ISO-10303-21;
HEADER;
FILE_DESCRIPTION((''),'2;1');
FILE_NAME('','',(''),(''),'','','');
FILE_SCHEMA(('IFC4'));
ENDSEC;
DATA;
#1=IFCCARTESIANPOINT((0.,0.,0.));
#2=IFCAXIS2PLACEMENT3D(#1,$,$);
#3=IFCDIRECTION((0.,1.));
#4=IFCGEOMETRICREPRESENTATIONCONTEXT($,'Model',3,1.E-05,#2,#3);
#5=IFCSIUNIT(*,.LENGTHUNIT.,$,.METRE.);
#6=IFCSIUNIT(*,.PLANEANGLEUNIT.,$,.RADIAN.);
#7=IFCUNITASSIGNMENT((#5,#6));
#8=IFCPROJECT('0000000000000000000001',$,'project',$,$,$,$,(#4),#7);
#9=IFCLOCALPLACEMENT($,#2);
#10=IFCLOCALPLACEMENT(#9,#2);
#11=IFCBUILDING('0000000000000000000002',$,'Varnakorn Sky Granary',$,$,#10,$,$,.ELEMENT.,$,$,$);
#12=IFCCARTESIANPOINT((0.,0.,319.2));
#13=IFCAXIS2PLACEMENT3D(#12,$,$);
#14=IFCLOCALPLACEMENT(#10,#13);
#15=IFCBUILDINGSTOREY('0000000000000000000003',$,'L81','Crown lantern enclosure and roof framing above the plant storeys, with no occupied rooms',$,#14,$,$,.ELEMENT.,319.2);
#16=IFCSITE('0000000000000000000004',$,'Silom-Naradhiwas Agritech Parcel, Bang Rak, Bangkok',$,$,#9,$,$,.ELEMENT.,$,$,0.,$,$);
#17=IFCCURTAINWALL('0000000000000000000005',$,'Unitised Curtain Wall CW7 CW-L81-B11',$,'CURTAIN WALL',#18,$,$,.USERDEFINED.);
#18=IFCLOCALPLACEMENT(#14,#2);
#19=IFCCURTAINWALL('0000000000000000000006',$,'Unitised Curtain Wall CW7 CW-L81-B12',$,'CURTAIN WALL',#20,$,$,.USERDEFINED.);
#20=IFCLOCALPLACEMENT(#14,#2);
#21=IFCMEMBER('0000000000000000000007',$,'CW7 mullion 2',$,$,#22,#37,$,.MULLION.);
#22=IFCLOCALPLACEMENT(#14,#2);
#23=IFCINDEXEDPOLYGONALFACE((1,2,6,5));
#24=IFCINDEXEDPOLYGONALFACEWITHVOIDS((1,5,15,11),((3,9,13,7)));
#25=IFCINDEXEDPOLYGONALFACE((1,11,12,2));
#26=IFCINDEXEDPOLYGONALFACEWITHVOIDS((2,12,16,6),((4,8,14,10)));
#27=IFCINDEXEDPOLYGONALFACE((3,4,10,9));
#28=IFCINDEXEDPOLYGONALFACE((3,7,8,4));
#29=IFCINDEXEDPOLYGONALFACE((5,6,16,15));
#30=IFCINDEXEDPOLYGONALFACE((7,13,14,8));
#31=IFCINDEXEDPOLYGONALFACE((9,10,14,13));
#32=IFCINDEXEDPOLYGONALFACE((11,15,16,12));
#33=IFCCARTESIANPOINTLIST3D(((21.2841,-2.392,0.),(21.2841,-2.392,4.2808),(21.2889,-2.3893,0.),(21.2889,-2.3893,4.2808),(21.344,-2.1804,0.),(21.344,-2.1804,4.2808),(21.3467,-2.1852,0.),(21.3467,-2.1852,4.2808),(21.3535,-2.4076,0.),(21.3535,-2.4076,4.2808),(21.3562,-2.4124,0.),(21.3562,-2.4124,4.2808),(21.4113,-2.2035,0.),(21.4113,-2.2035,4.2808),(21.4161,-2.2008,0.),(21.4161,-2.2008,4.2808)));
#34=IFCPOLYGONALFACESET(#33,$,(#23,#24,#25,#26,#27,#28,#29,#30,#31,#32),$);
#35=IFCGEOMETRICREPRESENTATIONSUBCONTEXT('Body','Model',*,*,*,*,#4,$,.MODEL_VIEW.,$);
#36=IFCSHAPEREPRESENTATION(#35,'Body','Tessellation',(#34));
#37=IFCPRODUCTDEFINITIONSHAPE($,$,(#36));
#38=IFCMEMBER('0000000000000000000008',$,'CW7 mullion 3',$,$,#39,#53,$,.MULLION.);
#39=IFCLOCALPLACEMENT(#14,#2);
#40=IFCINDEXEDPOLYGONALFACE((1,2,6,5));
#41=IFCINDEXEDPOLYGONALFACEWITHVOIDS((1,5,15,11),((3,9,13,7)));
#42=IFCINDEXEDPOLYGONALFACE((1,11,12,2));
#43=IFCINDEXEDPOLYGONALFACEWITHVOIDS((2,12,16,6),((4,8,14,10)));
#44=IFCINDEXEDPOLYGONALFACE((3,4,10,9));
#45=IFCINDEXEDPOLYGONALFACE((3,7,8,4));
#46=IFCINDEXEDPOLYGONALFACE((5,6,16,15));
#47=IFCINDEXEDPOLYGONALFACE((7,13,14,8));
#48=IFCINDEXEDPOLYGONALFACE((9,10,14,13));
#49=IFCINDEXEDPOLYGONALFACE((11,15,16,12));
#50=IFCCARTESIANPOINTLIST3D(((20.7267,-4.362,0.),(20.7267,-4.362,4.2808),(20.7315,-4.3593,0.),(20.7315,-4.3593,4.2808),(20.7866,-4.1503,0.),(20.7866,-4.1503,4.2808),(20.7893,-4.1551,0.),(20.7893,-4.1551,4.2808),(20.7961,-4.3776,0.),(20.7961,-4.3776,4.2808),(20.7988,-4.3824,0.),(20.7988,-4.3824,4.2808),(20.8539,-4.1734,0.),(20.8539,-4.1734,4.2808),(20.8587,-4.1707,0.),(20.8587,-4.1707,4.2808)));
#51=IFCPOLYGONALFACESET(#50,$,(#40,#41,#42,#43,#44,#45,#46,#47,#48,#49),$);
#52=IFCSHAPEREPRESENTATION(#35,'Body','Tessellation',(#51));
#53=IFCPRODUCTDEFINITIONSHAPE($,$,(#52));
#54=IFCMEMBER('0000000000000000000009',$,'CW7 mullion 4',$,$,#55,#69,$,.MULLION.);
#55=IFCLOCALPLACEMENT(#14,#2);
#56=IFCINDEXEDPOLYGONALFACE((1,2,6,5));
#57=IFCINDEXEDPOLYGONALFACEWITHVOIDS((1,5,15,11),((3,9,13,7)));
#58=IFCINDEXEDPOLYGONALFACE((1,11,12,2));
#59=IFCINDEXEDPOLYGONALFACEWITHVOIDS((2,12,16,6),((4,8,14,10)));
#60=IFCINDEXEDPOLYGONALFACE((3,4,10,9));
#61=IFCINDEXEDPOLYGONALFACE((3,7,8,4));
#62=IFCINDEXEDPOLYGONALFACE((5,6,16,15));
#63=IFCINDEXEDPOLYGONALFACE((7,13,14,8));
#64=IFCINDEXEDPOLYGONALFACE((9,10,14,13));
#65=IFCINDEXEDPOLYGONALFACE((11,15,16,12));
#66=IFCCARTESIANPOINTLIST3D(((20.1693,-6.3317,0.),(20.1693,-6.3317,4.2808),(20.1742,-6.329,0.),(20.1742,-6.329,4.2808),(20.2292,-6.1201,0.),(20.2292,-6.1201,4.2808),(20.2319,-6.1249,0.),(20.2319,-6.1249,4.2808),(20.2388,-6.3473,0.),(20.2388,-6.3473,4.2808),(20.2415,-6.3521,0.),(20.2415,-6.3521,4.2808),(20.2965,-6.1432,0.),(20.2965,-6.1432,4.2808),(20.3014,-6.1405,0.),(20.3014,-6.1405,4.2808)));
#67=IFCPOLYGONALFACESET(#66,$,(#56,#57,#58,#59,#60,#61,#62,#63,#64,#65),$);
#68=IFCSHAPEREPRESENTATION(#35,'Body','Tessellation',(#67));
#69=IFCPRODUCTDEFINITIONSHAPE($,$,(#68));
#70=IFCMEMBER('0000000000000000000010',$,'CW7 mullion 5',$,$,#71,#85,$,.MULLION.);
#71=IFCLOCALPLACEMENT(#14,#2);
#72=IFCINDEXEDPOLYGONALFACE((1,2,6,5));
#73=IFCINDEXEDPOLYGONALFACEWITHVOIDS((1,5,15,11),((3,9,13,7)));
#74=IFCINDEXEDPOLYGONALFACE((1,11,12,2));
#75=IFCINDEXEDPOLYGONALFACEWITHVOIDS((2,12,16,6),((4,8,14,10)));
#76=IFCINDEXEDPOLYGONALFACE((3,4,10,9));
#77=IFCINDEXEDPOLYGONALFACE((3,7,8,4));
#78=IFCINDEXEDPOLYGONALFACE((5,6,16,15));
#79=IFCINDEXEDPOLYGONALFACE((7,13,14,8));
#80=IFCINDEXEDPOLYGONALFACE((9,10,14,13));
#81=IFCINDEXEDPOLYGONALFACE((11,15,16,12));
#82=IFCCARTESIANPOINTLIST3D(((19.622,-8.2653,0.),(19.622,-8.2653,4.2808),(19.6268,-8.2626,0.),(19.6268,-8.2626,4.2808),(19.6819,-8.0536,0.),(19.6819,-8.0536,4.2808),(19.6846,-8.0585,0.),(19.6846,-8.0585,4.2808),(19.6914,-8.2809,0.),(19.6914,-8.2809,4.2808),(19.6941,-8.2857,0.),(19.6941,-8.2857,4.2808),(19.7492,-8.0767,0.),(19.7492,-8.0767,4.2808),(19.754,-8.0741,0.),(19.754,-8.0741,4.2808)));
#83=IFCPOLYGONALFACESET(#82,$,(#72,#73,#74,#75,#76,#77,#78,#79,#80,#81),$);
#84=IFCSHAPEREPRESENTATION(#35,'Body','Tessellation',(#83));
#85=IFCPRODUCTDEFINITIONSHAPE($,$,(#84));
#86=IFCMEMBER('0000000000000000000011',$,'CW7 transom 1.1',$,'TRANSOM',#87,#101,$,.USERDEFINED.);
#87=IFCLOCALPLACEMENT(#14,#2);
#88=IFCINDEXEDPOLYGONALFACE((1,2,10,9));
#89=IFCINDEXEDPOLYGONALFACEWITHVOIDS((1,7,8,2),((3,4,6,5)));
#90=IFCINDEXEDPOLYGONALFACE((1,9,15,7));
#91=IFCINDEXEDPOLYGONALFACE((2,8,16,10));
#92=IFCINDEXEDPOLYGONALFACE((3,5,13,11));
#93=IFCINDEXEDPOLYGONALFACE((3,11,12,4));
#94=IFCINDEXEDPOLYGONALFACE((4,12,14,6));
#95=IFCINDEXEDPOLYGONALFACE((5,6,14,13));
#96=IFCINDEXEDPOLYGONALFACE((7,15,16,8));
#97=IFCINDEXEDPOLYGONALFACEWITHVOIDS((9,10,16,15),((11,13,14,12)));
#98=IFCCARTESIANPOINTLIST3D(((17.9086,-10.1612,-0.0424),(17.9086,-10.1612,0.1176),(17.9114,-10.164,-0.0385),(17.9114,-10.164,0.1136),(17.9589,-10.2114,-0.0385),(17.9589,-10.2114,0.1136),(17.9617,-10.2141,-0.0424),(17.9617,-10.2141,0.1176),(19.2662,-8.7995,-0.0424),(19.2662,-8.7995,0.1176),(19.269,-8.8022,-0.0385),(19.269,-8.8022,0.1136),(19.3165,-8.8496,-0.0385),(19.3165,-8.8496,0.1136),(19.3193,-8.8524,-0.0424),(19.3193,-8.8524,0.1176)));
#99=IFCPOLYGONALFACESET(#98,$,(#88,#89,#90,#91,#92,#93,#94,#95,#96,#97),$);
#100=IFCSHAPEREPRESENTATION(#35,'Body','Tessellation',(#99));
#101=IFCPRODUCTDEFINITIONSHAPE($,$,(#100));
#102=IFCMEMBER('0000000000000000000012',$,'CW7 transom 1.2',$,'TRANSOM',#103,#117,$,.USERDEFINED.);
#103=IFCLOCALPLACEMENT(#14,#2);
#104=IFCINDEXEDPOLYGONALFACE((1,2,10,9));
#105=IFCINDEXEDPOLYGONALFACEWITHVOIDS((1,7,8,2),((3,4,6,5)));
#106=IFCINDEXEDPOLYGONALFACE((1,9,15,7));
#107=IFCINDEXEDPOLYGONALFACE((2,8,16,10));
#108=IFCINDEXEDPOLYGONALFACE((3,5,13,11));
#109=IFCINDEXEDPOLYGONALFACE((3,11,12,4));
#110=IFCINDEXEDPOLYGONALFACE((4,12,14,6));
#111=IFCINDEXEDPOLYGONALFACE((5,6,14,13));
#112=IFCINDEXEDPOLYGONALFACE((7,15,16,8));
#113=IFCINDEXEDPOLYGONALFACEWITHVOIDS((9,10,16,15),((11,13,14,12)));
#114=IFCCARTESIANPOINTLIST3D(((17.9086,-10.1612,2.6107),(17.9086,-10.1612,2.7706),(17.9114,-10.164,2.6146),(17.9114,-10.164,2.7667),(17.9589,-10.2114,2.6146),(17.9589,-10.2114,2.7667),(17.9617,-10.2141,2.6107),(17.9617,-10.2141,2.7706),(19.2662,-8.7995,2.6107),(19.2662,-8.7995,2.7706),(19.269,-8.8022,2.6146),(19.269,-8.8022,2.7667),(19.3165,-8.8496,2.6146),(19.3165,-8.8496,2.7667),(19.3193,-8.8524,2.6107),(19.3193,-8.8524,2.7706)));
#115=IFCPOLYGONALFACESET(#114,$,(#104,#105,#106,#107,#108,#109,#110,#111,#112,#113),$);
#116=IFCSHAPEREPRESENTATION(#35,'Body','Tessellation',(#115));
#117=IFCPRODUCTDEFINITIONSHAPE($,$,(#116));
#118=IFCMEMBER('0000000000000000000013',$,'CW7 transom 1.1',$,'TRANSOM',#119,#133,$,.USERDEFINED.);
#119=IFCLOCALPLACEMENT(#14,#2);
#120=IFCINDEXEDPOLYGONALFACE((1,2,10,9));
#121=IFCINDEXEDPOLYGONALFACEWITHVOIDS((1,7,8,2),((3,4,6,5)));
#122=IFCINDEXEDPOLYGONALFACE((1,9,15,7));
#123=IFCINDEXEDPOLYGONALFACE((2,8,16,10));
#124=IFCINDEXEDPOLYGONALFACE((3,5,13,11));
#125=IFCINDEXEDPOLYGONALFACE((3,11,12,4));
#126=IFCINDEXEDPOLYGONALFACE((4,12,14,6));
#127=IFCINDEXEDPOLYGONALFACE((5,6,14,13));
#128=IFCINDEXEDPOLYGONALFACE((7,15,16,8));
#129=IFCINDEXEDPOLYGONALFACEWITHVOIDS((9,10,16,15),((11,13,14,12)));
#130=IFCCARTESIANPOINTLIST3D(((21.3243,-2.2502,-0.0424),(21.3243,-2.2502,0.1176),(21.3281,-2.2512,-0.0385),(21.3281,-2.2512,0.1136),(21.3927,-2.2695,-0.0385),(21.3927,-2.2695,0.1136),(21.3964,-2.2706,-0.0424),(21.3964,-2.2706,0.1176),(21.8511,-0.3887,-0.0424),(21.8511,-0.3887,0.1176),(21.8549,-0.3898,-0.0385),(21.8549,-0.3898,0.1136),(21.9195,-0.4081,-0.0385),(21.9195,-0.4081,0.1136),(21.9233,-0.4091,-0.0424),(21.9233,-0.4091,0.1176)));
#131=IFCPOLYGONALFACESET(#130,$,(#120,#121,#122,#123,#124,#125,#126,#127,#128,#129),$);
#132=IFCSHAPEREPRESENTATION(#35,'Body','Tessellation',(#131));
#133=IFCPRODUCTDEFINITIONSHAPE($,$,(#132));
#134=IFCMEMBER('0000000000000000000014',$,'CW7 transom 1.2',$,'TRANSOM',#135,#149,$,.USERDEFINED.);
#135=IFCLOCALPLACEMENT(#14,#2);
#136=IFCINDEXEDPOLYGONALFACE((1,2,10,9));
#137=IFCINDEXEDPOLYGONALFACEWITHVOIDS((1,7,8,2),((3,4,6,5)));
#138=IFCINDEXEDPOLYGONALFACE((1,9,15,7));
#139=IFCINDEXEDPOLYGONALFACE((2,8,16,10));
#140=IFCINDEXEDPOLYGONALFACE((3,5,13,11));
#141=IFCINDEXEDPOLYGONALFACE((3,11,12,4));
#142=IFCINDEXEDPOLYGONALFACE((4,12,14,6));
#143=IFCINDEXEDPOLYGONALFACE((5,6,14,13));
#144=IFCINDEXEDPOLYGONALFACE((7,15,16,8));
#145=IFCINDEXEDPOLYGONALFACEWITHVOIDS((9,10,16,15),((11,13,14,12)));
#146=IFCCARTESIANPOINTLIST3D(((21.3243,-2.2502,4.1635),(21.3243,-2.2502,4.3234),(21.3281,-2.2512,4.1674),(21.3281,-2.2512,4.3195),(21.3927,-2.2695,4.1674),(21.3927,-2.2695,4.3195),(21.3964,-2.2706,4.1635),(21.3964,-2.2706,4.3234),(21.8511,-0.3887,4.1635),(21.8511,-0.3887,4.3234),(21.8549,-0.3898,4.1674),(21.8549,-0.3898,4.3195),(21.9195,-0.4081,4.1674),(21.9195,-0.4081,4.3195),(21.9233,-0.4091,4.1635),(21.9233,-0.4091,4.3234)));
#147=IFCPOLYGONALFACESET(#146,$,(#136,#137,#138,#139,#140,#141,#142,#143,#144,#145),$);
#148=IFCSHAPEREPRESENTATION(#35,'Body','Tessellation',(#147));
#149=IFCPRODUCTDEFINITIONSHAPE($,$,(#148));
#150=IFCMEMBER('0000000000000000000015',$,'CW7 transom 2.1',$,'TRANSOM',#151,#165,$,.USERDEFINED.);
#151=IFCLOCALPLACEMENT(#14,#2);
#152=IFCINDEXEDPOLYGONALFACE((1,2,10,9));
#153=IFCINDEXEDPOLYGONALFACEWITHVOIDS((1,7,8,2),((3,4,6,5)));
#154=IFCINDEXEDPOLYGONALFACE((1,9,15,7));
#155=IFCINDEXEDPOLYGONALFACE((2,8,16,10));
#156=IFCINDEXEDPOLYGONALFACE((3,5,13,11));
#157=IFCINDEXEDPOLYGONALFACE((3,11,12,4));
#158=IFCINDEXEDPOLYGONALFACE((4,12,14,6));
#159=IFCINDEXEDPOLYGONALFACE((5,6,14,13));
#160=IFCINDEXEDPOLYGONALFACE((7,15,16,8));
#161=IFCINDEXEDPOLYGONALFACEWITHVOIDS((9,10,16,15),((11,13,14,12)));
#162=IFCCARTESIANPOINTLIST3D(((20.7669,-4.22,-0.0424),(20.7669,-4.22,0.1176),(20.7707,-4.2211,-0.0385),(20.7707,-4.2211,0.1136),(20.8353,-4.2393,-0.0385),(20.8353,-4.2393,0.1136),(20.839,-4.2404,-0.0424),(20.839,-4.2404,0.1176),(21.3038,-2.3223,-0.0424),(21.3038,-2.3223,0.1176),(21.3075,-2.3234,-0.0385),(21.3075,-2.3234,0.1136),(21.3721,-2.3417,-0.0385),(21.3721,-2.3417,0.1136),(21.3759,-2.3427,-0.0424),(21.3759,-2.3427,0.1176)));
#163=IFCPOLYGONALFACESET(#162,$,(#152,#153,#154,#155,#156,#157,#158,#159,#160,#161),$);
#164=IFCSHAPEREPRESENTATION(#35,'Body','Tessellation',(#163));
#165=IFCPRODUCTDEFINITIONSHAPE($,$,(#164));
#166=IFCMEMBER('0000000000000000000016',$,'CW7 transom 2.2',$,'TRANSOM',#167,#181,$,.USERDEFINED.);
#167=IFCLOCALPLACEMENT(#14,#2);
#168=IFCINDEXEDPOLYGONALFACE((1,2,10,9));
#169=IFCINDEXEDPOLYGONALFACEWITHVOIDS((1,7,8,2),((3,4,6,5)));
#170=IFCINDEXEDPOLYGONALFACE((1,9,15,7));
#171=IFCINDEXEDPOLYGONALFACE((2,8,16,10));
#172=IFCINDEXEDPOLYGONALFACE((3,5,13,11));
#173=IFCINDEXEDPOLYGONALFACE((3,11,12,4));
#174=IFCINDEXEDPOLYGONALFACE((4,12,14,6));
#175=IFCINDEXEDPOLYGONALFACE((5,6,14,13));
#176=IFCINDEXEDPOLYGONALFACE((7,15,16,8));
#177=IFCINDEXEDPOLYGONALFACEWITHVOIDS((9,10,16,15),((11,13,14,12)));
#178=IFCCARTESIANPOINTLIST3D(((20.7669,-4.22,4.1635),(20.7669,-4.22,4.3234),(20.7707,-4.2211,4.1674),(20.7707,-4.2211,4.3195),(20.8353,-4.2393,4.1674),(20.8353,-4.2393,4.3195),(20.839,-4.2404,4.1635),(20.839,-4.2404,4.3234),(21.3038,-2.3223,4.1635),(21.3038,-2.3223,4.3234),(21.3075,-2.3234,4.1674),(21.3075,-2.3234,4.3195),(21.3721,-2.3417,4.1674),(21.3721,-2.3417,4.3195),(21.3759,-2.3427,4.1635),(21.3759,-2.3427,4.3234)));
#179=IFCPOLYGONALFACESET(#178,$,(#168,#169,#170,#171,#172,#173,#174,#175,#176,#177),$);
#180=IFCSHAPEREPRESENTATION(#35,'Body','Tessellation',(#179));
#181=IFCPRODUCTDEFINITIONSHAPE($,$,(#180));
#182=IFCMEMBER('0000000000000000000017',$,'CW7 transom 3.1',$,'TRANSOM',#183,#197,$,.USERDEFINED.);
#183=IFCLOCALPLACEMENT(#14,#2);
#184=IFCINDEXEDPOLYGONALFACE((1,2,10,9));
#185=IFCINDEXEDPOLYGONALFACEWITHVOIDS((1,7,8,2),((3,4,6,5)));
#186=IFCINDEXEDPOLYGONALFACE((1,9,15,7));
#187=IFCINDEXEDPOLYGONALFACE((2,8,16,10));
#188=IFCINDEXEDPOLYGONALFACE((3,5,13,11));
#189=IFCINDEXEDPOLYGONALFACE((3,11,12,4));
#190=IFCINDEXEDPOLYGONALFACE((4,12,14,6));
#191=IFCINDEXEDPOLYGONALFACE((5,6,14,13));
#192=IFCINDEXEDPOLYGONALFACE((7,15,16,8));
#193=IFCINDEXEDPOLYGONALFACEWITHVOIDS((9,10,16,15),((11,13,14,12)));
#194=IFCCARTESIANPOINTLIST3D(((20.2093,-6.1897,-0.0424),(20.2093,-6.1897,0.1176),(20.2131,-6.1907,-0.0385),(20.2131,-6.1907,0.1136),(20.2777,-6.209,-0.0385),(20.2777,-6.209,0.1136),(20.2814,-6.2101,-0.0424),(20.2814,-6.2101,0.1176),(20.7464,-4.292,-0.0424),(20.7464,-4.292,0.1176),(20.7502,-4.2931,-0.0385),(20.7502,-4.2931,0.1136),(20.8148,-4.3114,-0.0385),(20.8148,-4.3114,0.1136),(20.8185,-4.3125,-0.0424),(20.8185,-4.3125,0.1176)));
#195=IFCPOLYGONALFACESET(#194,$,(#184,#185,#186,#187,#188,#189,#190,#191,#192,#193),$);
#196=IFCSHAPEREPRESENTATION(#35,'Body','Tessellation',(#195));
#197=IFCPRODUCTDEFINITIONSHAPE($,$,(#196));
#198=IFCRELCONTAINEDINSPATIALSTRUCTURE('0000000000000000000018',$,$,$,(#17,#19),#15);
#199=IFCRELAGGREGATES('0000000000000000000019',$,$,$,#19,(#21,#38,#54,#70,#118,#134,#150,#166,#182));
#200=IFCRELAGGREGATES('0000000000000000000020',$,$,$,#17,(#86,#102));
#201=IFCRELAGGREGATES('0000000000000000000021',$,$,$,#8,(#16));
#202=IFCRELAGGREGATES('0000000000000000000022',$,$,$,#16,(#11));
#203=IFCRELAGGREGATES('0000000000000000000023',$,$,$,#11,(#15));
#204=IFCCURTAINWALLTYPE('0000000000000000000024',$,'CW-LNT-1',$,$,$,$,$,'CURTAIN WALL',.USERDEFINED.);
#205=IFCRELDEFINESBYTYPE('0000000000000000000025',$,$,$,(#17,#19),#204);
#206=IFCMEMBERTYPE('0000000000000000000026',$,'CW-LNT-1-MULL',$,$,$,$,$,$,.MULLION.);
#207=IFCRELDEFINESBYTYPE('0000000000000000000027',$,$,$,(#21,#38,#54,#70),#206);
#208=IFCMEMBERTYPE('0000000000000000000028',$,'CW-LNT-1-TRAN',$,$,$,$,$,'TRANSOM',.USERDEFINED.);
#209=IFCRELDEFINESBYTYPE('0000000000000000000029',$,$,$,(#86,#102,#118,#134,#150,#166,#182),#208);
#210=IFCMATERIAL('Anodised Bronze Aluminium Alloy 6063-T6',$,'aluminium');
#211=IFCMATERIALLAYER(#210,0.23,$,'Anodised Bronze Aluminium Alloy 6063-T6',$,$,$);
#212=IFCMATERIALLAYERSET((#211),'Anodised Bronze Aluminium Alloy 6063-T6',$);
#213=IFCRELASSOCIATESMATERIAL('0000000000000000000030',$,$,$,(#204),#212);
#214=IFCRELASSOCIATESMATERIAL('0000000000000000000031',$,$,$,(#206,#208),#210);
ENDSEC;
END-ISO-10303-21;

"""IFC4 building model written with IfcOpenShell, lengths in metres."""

from ifc_helpers import new_model, si_unit, direction, frame, origin, origin_2d, place, context, subcontext, project, spatial, hollow_rectangle, extrude, material, layer, layer_set, material_profile, profile_set, type_object, element, aggregate, save


model = new_model("IFC4")

# Units and contexts
model_context = context("Model", 3, precision=1e-05, world=origin(), true_north=direction((0.0, 1.0)))
body_context = subcontext(model_context, "Body", "Model", "MODEL_VIEW")
ifc_project = project(units=[si_unit("LENGTHUNIT", "METRE"), si_unit("PLANEANGLEUNIT", "RADIAN")], contexts=[model_context])

# Site, building, storey
site_placement = place(None, origin())
site = spatial("IfcSite", under=ifc_project, at=site_placement, Name="Silom-Naradhiwas Agritech Parcel, Bang Rak, Bangkok", CompositionType="ELEMENT", RefElevation=0.0)
building_placement = place(site_placement, origin())
building = spatial("IfcBuilding", under=site, at=building_placement, Name="Varnakorn Sky Granary", CompositionType="ELEMENT")
storey_placement = place(building_placement, frame((0.0, 0.0, 319.2)))
storey = spatial("IfcBuildingStorey", under=building, at=storey_placement, Name="L81", Description="Crown lantern enclosure and roof framing above the plant storeys, with no occupied rooms", CompositionType="ELEMENT", Elevation=319.2)

# Curtain wall
ifc_material_1 = material(Name="Anodised Bronze Aluminium Alloy 6063-T6", Category="aluminium")
ifc_layer_1 = layer(ifc_material_1, 0.23, Name="Anodised Bronze Aluminium Alloy 6063-T6")
ifc_layer_set_1 = layer_set([ifc_layer_1], Name="Anodised Bronze Aluminium Alloy 6063-T6")
curtain_wall_type = type_object("IfcCurtainWallType", Name="CW-LNT-1", ElementType="CURTAIN WALL", PredefinedType="USERDEFINED", material=ifc_layer_set_1)
curtain_wall_1_placement = place(storey_placement, origin())
curtain_wall_1 = element("IfcCurtainWall", 1, at=curtain_wall_1_placement, inside=storey, type_object=curtain_wall_type, Name="Unitised Curtain Wall CW7 CW-L81-B11", ObjectType="CURTAIN WALL", PredefinedType="USERDEFINED")
ifc_material_profile_1 = material_profile(ifc_material_1, hollow_rectangle(XDim=0.075, YDim=0.22, WallThickness=0.0039, at=origin_2d()), Name="ALU MULL 75x220")
ifc_profile_set_1 = profile_set([ifc_material_profile_1], Name="Anodised Bronze Aluminium Alloy 6063-T6")
member_type_1 = type_object("IfcMemberType", Name="CW-LNT-1-MULL", PredefinedType="MULLION", material=ifc_profile_set_1)

# Curtain wall, members
curtain_wall_2_placement = place(storey_placement, origin())
curtain_wall_2 = element("IfcCurtainWall", 2, at=curtain_wall_2_placement, inside=storey, type_object=curtain_wall_type, Name="Unitised Curtain Wall CW7 CW-L81-B12", ObjectType="CURTAIN WALL", PredefinedType="USERDEFINED")
member_1_placement = place(storey_placement, frame((21.3501, -2.2964, 0.0), z_axis=(0.0, 0.0, 1.0), x_axis=(0.96221, -0.272307, 0.0)))
member_1 = element("IfcMember", 3, at=member_1_placement, type_object=member_type_1, Name="CW7 mullion 2", PredefinedType="MULLION", context=body_context, shape_type="SweptSolid", body=[
    extrude(hollow_rectangle(XDim=0.075, YDim=0.22, WallThickness=0.0039, at=origin_2d()), origin(), (0.0, 0.0, 1.0), 4.2808),
])
member_2_placement = place(storey_placement, frame((20.7927, -4.2664, 0.0), z_axis=(0.0, 0.0, 1.0), x_axis=(0.96221, -0.272307, 0.0)))
member_2 = element("IfcMember", 4, at=member_2_placement, type_object=member_type_1, Name="CW7 mullion 3", PredefinedType="MULLION", context=body_context, shape_type="SweptSolid", body=[
    extrude(hollow_rectangle(XDim=0.075, YDim=0.22, WallThickness=0.0039, at=origin_2d()), origin(), (0.0, 0.0, 1.0), 4.2808),
])
member_3_placement = place(storey_placement, frame((20.2354, -6.2361, 0.0), z_axis=(0.0, 0.0, 1.0), x_axis=(0.96221, -0.272307, 0.0)))
member_3 = element("IfcMember", 5, at=member_3_placement, type_object=member_type_1, Name="CW7 mullion 4", PredefinedType="MULLION", context=body_context, shape_type="SweptSolid", body=[
    extrude(hollow_rectangle(XDim=0.075, YDim=0.22, WallThickness=0.0039, at=origin_2d()), origin(), (0.0, 0.0, 1.0), 4.2808),
])
member_4_placement = place(storey_placement, frame((19.688, -8.1697, 0.0), z_axis=(0.0, 0.0, 1.0), x_axis=(0.96221, -0.272307, 0.0)))
member_4 = element("IfcMember", 6, at=member_4_placement, type_object=member_type_1, Name="CW7 mullion 5", PredefinedType="MULLION", context=body_context, shape_type="SweptSolid", body=[
    extrude(hollow_rectangle(XDim=0.075, YDim=0.22, WallThickness=0.0039, at=origin_2d()), origin(), (0.0, 0.0, 1.0), 4.2808),
])

# Members
ifc_material_profile_2 = material_profile(ifc_material_1, hollow_rectangle(XDim=0.075, YDim=0.1599, WallThickness=0.0039, at=origin_2d()), Name="ALU TRAN 75x160")
ifc_profile_set_2 = profile_set([ifc_material_profile_2], Name="Anodised Bronze Aluminium Alloy 6063-T6")
member_type_2 = type_object("IfcMemberType", Name="CW-LNT-1-TRAN", ElementType="TRANSOM", PredefinedType="USERDEFINED", material=ifc_profile_set_2)
member_5_placement = place(storey_placement, frame((19.2927, -8.8259, 0.0376), z_axis=(-0.706027, -0.708185, 0.0), x_axis=(0.708185, -0.706027, 0.0)))
member_5 = element("IfcMember", 7, at=member_5_placement, type_object=member_type_2, Name="CW7 transom 1.1", ObjectType="TRANSOM", PredefinedType="USERDEFINED", context=body_context, shape_type="SweptSolid", body=[
    extrude(hollow_rectangle(XDim=0.075, YDim=0.1599, WallThickness=0.0039, at=origin_2d()), origin(), (0.0, 0.0, 1.0), 1.9229),
])
member_6_placement = place(storey_placement, frame((19.2927, -8.8259, 2.6907), z_axis=(-0.706027, -0.708185, 0.0), x_axis=(0.708185, -0.706027, 0.0)))
member_6 = element("IfcMember", 8, at=member_6_placement, type_object=member_type_2, Name="CW7 transom 1.2", ObjectType="TRANSOM", PredefinedType="USERDEFINED", context=body_context, shape_type="SweptSolid", body=[
    extrude(hollow_rectangle(XDim=0.075, YDim=0.1599, WallThickness=0.0039, at=origin_2d()), origin(), (0.0, 0.0, 1.0), 1.9229),
])
member_7_placement = place(storey_placement, frame((21.8872, -0.3989, 0.0376), z_axis=(-0.27232, -0.962207, 0.0), x_axis=(0.962207, -0.27232, 0.0)))
member_7 = element("IfcMember", 9, at=member_7_placement, type_object=member_type_2, Name="CW7 transom 1.1", ObjectType="TRANSOM", PredefinedType="USERDEFINED", context=body_context, shape_type="SweptSolid", body=[
    extrude(hollow_rectangle(XDim=0.075, YDim=0.1599, WallThickness=0.0039, at=origin_2d()), origin(), (0.0, 0.0, 1.0), 1.9346),
])
member_8_placement = place(storey_placement, frame((21.8872, -0.3989, 4.2434), z_axis=(-0.27232, -0.962207, 0.0), x_axis=(0.962207, -0.27232, 0.0)))
member_8 = element("IfcMember", 10, at=member_8_placement, type_object=member_type_2, Name="CW7 transom 1.2", ObjectType="TRANSOM", PredefinedType="USERDEFINED", context=body_context, shape_type="SweptSolid", body=[
    extrude(hollow_rectangle(XDim=0.075, YDim=0.1599, WallThickness=0.0039, at=origin_2d()), origin(), (0.0, 0.0, 1.0), 1.9346),
])
member_9_placement = place(storey_placement, frame((21.3398, -2.3325, 0.0376), z_axis=(-0.272219, -0.962235, 0.0), x_axis=(0.962235, -0.272219, 0.0)))
member_9 = element("IfcMember", 11, at=member_9_placement, type_object=member_type_2, Name="CW7 transom 2.1", ObjectType="TRANSOM", PredefinedType="USERDEFINED", context=body_context, shape_type="SweptSolid", body=[
    extrude(hollow_rectangle(XDim=0.075, YDim=0.1599, WallThickness=0.0039, at=origin_2d()), origin(), (0.0, 0.0, 1.0), 1.9722),
])
member_10_placement = place(storey_placement, frame((21.3398, -2.3325, 4.2434), z_axis=(-0.272219, -0.962235, 0.0), x_axis=(0.962235, -0.272219, 0.0)))
member_10 = element("IfcMember", 12, at=member_10_placement, type_object=member_type_2, Name="CW7 transom 2.2", ObjectType="TRANSOM", PredefinedType="USERDEFINED", context=body_context, shape_type="SweptSolid", body=[
    extrude(hollow_rectangle(XDim=0.075, YDim=0.1599, WallThickness=0.0039, at=origin_2d()), origin(), (0.0, 0.0, 1.0), 1.9722),
])
member_11_placement = place(storey_placement, frame((20.7825, -4.3022, 0.0376), z_axis=(-0.272333, -0.962203, 0.0), x_axis=(0.962203, -0.272333, 0.0)))
member_11 = element("IfcMember", 13, at=member_11_placement, type_object=member_type_2, Name="CW7 transom 3.1", ObjectType="TRANSOM", PredefinedType="USERDEFINED", context=body_context, shape_type="SweptSolid", body=[
    extrude(hollow_rectangle(XDim=0.075, YDim=0.1599, WallThickness=0.0039, at=origin_2d()), origin(), (0.0, 0.0, 1.0), 1.9722),
])

aggregate(curtain_wall_2, [member_1, member_2, member_3, member_4, member_7, member_8, member_9, member_10, member_11])
aggregate(curtain_wall_1, [member_5, member_6])

save(model, "model.ifc")
